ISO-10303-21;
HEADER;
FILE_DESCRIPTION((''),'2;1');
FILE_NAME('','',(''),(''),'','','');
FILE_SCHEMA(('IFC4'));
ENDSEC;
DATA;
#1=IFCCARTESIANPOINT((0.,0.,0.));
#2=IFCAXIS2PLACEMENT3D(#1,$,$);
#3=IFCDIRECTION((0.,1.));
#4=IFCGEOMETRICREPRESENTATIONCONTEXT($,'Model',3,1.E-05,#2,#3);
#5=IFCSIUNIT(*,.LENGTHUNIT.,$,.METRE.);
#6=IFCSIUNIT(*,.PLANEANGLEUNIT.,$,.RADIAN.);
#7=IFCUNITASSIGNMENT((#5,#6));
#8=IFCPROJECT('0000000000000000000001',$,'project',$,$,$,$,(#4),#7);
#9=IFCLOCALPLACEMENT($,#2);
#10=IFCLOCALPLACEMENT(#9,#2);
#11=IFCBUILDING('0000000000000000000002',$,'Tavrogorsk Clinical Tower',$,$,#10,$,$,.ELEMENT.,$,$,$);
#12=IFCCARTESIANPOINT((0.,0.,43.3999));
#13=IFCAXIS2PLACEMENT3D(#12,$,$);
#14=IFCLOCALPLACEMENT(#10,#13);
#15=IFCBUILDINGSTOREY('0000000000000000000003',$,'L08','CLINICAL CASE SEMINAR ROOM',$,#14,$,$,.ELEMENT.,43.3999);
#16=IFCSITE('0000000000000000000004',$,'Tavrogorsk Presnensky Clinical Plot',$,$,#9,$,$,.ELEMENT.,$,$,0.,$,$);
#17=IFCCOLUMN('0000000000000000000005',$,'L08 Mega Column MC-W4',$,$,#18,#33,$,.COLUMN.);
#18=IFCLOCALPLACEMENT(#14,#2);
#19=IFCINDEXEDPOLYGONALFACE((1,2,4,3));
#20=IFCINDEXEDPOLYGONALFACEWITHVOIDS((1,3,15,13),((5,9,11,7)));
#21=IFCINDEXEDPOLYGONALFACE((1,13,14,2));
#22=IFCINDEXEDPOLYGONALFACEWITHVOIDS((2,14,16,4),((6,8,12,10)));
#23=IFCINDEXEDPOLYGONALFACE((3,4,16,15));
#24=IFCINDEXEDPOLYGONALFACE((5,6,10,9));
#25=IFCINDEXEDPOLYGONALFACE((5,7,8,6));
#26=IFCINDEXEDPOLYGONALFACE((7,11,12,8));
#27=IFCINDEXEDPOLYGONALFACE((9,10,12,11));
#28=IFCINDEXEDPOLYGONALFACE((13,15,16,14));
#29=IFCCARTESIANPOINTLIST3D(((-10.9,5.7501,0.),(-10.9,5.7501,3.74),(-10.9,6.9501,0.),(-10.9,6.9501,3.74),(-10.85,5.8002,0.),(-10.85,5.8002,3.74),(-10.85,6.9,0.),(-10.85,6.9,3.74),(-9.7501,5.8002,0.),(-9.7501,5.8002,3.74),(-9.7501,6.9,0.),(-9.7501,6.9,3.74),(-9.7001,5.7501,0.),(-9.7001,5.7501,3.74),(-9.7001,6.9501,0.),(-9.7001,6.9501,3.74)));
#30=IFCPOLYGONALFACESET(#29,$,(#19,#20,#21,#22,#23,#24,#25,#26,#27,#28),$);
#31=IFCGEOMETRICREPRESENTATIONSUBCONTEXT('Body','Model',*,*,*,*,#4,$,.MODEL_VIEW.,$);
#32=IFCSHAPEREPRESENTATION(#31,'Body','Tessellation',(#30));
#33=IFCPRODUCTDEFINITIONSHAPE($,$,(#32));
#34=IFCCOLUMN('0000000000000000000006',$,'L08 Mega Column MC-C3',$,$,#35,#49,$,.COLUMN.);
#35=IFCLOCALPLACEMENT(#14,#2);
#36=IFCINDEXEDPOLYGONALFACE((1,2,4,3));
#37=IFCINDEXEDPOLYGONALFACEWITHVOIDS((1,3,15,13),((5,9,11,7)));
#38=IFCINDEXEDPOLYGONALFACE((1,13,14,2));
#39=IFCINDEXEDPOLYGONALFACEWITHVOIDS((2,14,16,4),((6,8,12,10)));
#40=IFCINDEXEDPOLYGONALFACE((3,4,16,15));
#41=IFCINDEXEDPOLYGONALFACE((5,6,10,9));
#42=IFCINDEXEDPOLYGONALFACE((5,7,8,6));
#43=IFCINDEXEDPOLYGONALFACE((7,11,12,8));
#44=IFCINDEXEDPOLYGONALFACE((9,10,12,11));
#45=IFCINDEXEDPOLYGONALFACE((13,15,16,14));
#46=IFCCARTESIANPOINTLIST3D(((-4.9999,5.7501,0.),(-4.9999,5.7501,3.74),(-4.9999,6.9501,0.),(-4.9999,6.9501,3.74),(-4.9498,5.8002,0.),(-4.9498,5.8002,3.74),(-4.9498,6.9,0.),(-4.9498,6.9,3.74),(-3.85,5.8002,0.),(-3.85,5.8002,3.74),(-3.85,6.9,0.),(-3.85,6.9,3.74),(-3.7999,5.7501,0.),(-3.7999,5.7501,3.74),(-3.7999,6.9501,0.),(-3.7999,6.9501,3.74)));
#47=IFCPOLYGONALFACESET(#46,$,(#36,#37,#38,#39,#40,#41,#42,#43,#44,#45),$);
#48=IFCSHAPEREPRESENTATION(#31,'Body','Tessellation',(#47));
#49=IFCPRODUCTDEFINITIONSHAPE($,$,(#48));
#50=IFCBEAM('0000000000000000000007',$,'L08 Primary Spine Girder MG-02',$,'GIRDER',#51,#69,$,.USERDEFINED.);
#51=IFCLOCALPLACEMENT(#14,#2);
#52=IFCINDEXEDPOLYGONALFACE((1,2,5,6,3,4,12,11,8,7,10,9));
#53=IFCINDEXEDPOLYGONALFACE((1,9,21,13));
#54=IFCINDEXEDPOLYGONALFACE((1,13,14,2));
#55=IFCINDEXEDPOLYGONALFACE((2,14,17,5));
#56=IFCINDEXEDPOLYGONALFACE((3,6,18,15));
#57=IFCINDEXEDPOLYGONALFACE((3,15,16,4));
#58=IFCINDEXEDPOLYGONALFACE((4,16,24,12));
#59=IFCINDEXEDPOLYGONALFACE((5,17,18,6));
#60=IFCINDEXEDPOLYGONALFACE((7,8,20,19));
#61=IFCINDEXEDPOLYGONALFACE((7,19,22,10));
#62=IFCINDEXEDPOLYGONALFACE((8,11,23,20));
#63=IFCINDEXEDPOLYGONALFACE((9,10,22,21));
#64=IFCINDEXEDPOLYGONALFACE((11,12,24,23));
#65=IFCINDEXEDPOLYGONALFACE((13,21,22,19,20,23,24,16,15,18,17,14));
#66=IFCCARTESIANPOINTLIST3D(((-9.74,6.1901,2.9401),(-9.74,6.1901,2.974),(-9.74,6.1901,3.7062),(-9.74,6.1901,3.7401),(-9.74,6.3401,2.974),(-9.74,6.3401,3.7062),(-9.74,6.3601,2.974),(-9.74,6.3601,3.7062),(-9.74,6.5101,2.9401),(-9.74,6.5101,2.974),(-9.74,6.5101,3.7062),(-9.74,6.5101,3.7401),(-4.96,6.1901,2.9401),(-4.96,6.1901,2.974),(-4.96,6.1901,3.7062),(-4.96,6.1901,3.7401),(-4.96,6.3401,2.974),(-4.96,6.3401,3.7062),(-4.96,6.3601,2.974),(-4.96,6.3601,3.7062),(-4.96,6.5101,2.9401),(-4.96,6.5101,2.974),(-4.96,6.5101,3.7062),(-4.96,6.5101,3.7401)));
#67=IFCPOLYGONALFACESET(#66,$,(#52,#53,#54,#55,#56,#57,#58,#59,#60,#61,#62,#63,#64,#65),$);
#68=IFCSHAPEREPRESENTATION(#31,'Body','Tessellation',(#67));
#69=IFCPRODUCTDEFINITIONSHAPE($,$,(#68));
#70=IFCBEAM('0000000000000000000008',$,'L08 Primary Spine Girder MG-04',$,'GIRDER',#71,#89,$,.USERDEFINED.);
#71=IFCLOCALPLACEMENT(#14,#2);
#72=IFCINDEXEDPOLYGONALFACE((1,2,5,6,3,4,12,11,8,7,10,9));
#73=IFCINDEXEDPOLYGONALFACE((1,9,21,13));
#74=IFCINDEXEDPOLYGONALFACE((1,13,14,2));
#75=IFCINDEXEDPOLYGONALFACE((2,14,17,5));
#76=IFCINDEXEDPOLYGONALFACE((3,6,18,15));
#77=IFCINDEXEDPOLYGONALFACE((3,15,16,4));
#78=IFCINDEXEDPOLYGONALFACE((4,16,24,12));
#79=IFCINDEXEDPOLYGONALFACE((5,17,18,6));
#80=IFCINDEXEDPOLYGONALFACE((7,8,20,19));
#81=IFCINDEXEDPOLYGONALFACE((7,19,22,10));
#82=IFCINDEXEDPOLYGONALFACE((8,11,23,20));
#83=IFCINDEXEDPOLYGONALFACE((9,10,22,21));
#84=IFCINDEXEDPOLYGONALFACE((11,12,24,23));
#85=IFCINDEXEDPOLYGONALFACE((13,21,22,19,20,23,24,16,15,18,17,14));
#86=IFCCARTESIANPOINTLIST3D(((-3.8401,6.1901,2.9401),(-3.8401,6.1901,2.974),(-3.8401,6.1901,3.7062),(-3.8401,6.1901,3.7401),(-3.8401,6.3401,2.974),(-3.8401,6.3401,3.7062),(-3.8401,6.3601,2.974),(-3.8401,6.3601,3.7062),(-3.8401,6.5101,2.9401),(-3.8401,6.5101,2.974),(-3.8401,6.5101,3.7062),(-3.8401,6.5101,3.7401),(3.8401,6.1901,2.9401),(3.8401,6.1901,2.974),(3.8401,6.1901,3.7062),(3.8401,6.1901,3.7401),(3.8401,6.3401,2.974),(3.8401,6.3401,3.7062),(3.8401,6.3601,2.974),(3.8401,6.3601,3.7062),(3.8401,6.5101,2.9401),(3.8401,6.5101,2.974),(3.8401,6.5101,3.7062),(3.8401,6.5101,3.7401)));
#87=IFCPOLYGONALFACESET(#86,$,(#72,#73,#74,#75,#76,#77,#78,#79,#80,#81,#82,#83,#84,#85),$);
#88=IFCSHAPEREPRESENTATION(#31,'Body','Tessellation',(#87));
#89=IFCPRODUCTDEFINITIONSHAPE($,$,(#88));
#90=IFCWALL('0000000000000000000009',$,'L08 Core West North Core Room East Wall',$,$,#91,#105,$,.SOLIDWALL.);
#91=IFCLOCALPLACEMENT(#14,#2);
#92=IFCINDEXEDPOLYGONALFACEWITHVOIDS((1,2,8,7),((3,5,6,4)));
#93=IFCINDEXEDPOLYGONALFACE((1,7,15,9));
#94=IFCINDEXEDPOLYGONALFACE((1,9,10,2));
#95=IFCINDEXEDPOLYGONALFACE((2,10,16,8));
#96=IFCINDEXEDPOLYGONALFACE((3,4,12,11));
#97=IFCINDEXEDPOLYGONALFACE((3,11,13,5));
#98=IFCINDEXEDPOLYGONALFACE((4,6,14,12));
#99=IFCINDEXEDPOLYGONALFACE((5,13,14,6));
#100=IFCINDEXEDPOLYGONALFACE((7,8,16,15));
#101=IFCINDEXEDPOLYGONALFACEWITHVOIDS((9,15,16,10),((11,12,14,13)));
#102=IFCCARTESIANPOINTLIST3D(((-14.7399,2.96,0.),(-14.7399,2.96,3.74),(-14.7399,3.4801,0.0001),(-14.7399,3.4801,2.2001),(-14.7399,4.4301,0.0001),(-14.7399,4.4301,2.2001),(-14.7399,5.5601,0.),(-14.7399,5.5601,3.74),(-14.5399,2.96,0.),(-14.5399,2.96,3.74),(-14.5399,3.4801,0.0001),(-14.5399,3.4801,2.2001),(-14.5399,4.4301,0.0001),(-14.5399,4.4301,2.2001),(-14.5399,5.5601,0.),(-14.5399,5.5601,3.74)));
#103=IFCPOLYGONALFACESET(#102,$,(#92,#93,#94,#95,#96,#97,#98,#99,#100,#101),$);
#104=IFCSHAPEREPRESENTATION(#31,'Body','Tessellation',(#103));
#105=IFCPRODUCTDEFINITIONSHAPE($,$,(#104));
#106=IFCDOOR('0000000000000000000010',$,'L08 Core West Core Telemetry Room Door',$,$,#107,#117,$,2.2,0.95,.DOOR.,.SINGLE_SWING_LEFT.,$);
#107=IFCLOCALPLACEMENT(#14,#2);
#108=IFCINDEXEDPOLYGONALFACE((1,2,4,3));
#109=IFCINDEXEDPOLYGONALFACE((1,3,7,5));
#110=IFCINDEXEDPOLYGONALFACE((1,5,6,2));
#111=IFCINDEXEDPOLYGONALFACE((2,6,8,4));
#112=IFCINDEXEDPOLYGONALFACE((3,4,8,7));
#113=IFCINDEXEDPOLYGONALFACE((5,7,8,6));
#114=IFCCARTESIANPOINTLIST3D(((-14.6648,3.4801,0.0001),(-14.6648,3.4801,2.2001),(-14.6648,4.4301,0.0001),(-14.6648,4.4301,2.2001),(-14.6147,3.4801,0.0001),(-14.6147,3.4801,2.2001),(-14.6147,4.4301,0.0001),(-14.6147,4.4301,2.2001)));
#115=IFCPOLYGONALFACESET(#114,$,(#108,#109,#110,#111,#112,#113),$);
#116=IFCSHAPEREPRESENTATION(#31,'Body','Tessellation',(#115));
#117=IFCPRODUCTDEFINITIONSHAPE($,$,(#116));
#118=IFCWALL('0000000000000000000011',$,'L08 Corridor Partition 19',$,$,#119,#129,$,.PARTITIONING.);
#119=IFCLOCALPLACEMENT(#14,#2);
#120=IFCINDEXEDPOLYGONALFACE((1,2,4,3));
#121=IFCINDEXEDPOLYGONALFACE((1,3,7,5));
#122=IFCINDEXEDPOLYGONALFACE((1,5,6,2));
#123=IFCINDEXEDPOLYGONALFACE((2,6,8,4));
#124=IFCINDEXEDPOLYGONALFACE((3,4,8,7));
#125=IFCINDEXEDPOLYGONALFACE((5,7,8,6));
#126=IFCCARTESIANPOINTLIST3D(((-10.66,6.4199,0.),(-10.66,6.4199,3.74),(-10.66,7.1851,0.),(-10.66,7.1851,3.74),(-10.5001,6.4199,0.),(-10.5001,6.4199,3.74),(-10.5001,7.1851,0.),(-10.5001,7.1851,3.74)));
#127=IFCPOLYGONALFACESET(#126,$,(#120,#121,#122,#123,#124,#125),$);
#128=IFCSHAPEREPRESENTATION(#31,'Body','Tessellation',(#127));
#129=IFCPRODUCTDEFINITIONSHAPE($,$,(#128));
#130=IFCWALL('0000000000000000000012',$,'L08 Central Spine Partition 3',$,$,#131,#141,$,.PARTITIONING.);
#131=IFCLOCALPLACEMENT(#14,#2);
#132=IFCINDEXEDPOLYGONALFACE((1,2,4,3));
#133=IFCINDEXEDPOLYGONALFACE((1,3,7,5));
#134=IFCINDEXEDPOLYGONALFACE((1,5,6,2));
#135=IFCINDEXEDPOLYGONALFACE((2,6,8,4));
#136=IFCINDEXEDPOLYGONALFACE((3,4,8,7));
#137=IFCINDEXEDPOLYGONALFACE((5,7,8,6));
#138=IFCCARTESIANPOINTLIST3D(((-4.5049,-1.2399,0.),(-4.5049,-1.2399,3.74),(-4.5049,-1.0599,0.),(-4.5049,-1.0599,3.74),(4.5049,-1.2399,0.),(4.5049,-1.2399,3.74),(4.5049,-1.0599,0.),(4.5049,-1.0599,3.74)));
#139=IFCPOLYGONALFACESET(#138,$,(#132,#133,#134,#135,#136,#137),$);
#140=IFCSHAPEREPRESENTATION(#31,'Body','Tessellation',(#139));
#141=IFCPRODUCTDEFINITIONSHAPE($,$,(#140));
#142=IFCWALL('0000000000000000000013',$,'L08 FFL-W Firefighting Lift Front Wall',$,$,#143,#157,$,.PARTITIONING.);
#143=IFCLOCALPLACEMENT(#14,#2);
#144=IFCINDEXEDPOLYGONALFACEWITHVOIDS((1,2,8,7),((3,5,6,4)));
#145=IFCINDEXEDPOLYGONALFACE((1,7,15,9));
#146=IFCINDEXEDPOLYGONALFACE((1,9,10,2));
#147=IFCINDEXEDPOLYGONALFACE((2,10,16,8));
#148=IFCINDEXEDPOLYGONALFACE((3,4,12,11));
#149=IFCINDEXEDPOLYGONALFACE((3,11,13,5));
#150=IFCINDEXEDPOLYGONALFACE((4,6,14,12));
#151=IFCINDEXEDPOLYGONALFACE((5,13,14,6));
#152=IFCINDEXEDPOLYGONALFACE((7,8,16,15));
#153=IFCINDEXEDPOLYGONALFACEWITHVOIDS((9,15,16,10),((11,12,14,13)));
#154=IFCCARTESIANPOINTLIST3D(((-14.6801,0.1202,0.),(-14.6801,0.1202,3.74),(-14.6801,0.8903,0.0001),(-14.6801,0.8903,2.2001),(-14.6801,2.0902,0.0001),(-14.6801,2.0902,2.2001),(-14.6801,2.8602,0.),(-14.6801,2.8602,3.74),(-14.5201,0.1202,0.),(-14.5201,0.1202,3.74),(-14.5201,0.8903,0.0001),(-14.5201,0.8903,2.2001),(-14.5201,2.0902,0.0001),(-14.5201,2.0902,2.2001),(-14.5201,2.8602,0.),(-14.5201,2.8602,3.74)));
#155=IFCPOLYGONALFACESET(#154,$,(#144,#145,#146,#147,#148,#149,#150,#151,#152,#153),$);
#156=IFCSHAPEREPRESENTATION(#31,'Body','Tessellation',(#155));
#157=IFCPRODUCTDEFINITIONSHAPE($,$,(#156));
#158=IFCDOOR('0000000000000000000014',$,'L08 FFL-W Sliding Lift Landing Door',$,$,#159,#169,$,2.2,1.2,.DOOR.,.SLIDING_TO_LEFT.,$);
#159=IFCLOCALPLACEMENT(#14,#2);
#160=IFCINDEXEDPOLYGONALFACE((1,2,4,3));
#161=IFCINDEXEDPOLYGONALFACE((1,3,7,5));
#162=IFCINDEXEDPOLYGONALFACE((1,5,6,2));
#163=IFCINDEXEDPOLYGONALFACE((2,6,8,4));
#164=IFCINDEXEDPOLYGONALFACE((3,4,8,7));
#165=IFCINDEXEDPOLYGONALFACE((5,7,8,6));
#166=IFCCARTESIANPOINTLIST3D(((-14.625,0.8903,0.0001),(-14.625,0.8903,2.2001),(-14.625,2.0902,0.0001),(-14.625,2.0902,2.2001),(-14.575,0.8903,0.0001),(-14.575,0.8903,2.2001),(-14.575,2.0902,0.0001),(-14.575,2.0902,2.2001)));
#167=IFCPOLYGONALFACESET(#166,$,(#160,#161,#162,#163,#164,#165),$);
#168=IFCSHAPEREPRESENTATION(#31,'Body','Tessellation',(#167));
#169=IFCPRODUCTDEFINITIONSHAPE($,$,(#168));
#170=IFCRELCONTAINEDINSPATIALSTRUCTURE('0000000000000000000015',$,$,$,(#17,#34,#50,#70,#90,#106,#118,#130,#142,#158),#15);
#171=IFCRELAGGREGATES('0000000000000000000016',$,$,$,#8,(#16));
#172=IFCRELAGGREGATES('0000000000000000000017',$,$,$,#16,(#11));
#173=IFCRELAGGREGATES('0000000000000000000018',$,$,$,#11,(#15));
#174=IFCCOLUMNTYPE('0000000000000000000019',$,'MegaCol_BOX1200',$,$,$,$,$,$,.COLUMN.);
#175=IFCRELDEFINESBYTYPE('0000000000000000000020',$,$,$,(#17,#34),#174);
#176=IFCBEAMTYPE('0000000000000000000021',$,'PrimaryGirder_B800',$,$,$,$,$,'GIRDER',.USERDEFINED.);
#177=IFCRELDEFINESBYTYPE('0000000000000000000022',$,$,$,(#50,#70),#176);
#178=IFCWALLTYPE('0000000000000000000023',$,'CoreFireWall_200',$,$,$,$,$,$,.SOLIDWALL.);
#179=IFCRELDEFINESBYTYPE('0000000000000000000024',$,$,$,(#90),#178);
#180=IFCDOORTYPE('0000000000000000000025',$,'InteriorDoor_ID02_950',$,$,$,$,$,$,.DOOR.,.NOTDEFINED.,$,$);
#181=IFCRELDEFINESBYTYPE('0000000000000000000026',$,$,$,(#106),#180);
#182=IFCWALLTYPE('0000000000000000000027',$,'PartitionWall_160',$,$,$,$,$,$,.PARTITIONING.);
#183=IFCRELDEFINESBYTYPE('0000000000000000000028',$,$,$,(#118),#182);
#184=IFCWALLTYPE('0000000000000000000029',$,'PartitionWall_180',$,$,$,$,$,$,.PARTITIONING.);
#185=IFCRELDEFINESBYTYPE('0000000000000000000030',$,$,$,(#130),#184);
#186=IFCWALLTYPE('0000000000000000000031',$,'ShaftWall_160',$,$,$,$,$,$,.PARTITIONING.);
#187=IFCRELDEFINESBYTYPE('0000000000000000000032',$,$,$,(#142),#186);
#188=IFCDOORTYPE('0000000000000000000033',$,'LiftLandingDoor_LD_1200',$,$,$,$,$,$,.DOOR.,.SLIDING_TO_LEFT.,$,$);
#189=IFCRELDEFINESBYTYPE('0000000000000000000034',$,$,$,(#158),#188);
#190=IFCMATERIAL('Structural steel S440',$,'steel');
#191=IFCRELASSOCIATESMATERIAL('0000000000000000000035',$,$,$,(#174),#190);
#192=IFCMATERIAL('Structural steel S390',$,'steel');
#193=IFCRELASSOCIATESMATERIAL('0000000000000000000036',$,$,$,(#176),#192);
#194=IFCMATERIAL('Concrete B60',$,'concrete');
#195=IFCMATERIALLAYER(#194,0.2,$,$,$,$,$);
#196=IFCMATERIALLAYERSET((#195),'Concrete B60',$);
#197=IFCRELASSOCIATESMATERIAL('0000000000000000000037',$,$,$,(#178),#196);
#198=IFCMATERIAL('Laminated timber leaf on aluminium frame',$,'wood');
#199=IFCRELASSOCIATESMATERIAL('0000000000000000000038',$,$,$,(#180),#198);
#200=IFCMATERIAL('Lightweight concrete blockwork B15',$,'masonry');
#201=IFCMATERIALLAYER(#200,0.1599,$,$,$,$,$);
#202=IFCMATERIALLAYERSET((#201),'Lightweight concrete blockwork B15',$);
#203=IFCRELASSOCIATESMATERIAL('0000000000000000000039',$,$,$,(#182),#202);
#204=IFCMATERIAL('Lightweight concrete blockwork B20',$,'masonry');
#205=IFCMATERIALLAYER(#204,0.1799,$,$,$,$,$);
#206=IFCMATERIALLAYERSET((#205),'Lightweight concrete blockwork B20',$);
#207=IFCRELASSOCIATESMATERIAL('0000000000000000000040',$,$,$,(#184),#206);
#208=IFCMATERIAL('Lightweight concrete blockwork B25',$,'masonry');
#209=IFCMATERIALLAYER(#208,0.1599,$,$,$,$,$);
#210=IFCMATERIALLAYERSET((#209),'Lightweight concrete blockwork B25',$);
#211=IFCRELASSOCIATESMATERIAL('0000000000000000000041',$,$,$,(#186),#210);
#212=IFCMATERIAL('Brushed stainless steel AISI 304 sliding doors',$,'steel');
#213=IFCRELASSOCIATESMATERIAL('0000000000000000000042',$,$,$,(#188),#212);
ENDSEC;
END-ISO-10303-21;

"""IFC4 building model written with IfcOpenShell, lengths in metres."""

from ifc_helpers import new_model, si_unit, direction, frame, frame_2d, origin, origin_2d, place, context, subcontext, project, spatial, rectangle, hollow_rectangle, i_section, extrude, material, layer, layer_set, material_profile, profile_set, type_object, element, fill, save


model = new_model("IFC4")

# Units and contexts
model_context = context("Model", 3, precision=1e-05, world=origin(), true_north=direction((0.0, 1.0)))
body_context = subcontext(model_context, "Body", "Model", "MODEL_VIEW")
ifc_project = project(units=[si_unit("LENGTHUNIT", "METRE"), si_unit("PLANEANGLEUNIT", "RADIAN")], contexts=[model_context])

# Site, building, storey
site_placement = place(None, origin())
site = spatial("IfcSite", under=ifc_project, at=site_placement, Name="Tavrogorsk Presnensky Clinical Plot", CompositionType="ELEMENT", RefElevation=0.0)
building_placement = place(site_placement, origin())
building = spatial("IfcBuilding", under=site, at=building_placement, Name="Tavrogorsk Clinical Tower", CompositionType="ELEMENT")
storey_placement = place(building_placement, frame((0.0, 0.0, 43.3999)))
storey = spatial("IfcBuildingStorey", under=building, at=storey_placement, Name="L08", Description="CLINICAL CASE SEMINAR ROOM", CompositionType="ELEMENT", Elevation=43.3999)

# Columns
ifc_material_1 = material(Name="Structural steel S440", Category="steel")
ifc_material_profile_1 = material_profile(ifc_material_1, hollow_rectangle(XDim=1.2, YDim=1.2, WallThickness=0.05, at=origin_2d()), Name="BOX-1200x1200x50")
ifc_profile_set_1 = profile_set([ifc_material_profile_1], Name="Structural steel S440")
column_type = type_object("IfcColumnType", Name="MegaCol_BOX1200", PredefinedType="COLUMN", material=ifc_profile_set_1)
for number, where, z_axis, x_axis, name in (
    (1, (-10.3, 6.3501, 0.0), (0.0, 0.0, 1.0), (1.0, 0.0, 0.0), "L08 Mega Column MC-W4"),
    (2, (-4.3999, 6.3501, 0.0), (0.0, 0.0, 1.0), (1.0, 0.0, 0.0), "L08 Mega Column MC-C3"),
):
    element("IfcColumn", number, at=place(storey_placement, frame(where, z_axis=z_axis, x_axis=x_axis)), inside=storey, type_object=column_type, Name=name, PredefinedType="COLUMN", context=body_context, shape_type="SweptSolid", body=[
        extrude(hollow_rectangle(XDim=1.2, YDim=1.2, WallThickness=0.05, at=origin_2d()), origin(), (0.0, 0.0, 1.0), 3.74),
    ])

# Beams
ifc_material_2 = material(Name="Structural steel S390", Category="steel")
ifc_material_profile_2 = material_profile(ifc_material_2, i_section(OverallWidth=0.3201, OverallDepth=0.8, WebThickness=0.02, FlangeThickness=0.0339, at=origin_2d()), Name="B-800x320x20x34")
ifc_profile_set_2 = profile_set([ifc_material_profile_2], Name="Structural steel S390")
beam_type = type_object("IfcBeamType", Name="PrimaryGirder_B800", ElementType="GIRDER", PredefinedType="USERDEFINED", material=ifc_profile_set_2)
beam_1_placement = place(storey_placement, frame((-9.74, 6.3501, 3.3401), z_axis=(1.0, 0.0, 0.0), x_axis=(0.0, 1.0, 0.0)))
element("IfcBeam", 3, at=beam_1_placement, inside=storey, type_object=beam_type, Name="L08 Primary Spine Girder MG-02", ObjectType="GIRDER", PredefinedType="USERDEFINED", context=body_context, shape_type="SweptSolid", body=[
    extrude(i_section(OverallWidth=0.3201, OverallDepth=0.8, WebThickness=0.02, FlangeThickness=0.0339, at=origin_2d()), origin(), (0.0, 0.0, 1.0), 4.78),
])
beam_2_placement = place(storey_placement, frame((-3.8401, 6.3501, 3.3401), z_axis=(1.0, 0.0, 0.0), x_axis=(0.0, 1.0, 0.0)))
element("IfcBeam", 4, at=beam_2_placement, inside=storey, type_object=beam_type, Name="L08 Primary Spine Girder MG-04", ObjectType="GIRDER", PredefinedType="USERDEFINED", context=body_context, shape_type="SweptSolid", body=[
    extrude(i_section(OverallWidth=0.3201, OverallDepth=0.8, WebThickness=0.02, FlangeThickness=0.0339, at=origin_2d()), origin(), (0.0, 0.0, 1.0), 7.6802),
])

# Wall, opening, door
ifc_material_3 = material(Name="Concrete B60", Category="concrete")
ifc_layer_1 = layer(ifc_material_3, 0.2)
ifc_layer_set_1 = layer_set([ifc_layer_1], Name="Concrete B60")
wall_type_1 = type_object("IfcWallType", Name="CoreFireWall_200", PredefinedType="SOLIDWALL", material=ifc_layer_set_1)
wall_1_placement = place(storey_placement, frame((-14.6399, 2.96, 0.0), z_axis=(0.0, 0.0, 1.0), x_axis=(0.0, 1.0, 0.0)))
wall_1 = element("IfcWall", 5, at=wall_1_placement, inside=storey, type_object=wall_type_1, Name="L08 Core West North Core Room East Wall", PredefinedType="SOLIDWALL", context=body_context, shape_type="SweptSolid", body=[
    extrude(rectangle(XDim=2.6001, YDim=0.2, at=frame_2d((1.3, 0.0))), origin(), (0.0, 0.0, 1.0), 3.74),
])
opening_1_placement = place(wall_1_placement, frame((0.52, 0.0, 0.0)))
opening_1 = element("IfcOpeningElement", 6, at=opening_1_placement, cuts=wall_1, PredefinedType="OPENING", context=body_context, shape_type="SweptSolid", body=[
    extrude(rectangle(XDim=0.95, YDim=2.2, at=frame_2d((0.4751, 1.1001))), frame((0.0, 0.1099, 0.0), z_axis=(0.0, -1.0, 0.0), x_axis=(1.0, 0.0, 0.0)), (0.0, 0.0, 1.0), 0.22),
])
ifc_material_4 = material(Name="Laminated timber leaf on aluminium frame", Category="wood")
door_type_1 = type_object("IfcDoorType", Name="InteriorDoor_ID02_950", OperationType="NOTDEFINED", PredefinedType="DOOR", material=ifc_material_4)
door_1_placement = place(opening_1_placement, origin())
door_1 = element("IfcDoor", 7, at=door_1_placement, inside=storey, type_object=door_type_1, Name="L08 Core West Core Telemetry Room Door", OperationType="SINGLE_SWING_LEFT", OverallHeight=2.2, OverallWidth=0.95, PredefinedType="DOOR", context=body_context, shape_type="SweptSolid", body=[
    extrude(rectangle(XDim=0.95, YDim=2.2, at=frame_2d((0.4751, 1.1001))), frame((0.0, 0.0249, 0.0), z_axis=(0.0, -1.0, 0.0), x_axis=(1.0, 0.0, 0.0)), (0.0, 0.0, 1.0), 0.05),
])
fill(opening_1, door_1)

# Walls
ifc_material_5 = material(Name="Lightweight concrete blockwork B15", Category="masonry")
ifc_layer_2 = layer(ifc_material_5, 0.1599)
ifc_layer_set_2 = layer_set([ifc_layer_2], Name="Lightweight concrete blockwork B15")
wall_type_2 = type_object("IfcWallType", Name="PartitionWall_160", PredefinedType="PARTITIONING", material=ifc_layer_set_2)
wall_2_placement = place(storey_placement, frame((-10.5801, 6.4199, 0.0), z_axis=(0.0, 0.0, 1.0), x_axis=(0.0, 1.0, 0.0)))
element("IfcWall", 8, at=wall_2_placement, inside=storey, type_object=wall_type_2, Name="L08 Corridor Partition 19", PredefinedType="PARTITIONING", context=body_context, shape_type="SweptSolid", body=[
    extrude(rectangle(XDim=0.7651, YDim=0.1599, at=frame_2d((0.3826, 0.0))), origin(), (0.0, 0.0, 1.0), 3.74),
])
ifc_material_6 = material(Name="Lightweight concrete blockwork B20", Category="masonry")
ifc_layer_3 = layer(ifc_material_6, 0.1799)
ifc_layer_set_3 = layer_set([ifc_layer_3], Name="Lightweight concrete blockwork B20")
wall_type_3 = type_object("IfcWallType", Name="PartitionWall_180", PredefinedType="PARTITIONING", material=ifc_layer_set_3)
wall_3_placement = place(storey_placement, frame((-4.5049, -1.1499, 0.0), z_axis=(0.0, 0.0, 1.0), x_axis=(1.0, 0.0, 0.0)))
element("IfcWall", 9, at=wall_3_placement, inside=storey, type_object=wall_type_3, Name="L08 Central Spine Partition 3", PredefinedType="PARTITIONING", context=body_context, shape_type="SweptSolid", body=[
    extrude(rectangle(XDim=9.0098, YDim=0.1799, at=frame_2d((4.5049, 0.0))), origin(), (0.0, 0.0, 1.0), 3.74),
])

# Wall, opening, door
ifc_material_7 = material(Name="Lightweight concrete blockwork B25", Category="masonry")
ifc_layer_4 = layer(ifc_material_7, 0.1599)
ifc_layer_set_4 = layer_set([ifc_layer_4], Name="Lightweight concrete blockwork B25")
wall_type_4 = type_object("IfcWallType", Name="ShaftWall_160", PredefinedType="PARTITIONING", material=ifc_layer_set_4)
wall_4_placement = place(storey_placement, frame((-14.6001, 0.1201, 0.0), z_axis=(0.0, 0.0, 1.0), x_axis=(0.0, 1.0, 0.0)))
wall_4 = element("IfcWall", 10, at=wall_4_placement, inside=storey, type_object=wall_type_4, Name="L08 FFL-W Firefighting Lift Front Wall", PredefinedType="PARTITIONING", context=body_context, shape_type="SweptSolid", body=[
    extrude(rectangle(XDim=2.74, YDim=0.1599, at=frame_2d((1.3701, 0.0))), origin(), (0.0, 0.0, 1.0), 3.74),
])
opening_2_placement = place(wall_4_placement, frame((0.77, 0.0, 0.0)))
opening_2 = element("IfcOpeningElement", 11, at=opening_2_placement, cuts=wall_4, PredefinedType="OPENING", context=body_context, shape_type="SweptSolid", body=[
    extrude(rectangle(XDim=1.2, YDim=2.2, at=frame_2d((0.6001, 1.1001))), frame((0.0, 0.0898, 0.0), z_axis=(0.0, -1.0, 0.0), x_axis=(1.0, 0.0, 0.0)), (0.0, 0.0, 1.0), 0.1799),
])
ifc_material_8 = material(Name="Brushed stainless steel AISI 304 sliding doors", Category="steel")
door_type_2 = type_object("IfcDoorType", Name="LiftLandingDoor_LD_1200", OperationType="SLIDING_TO_LEFT", PredefinedType="DOOR", material=ifc_material_8)
door_2_placement = place(opening_2_placement, origin())
door_2 = element("IfcDoor", 12, at=door_2_placement, inside=storey, type_object=door_type_2, Name="L08 FFL-W Sliding Lift Landing Door", OperationType="SLIDING_TO_LEFT", OverallHeight=2.2, OverallWidth=1.2, PredefinedType="DOOR", context=body_context, shape_type="SweptSolid", body=[
    extrude(rectangle(XDim=1.2, YDim=2.2, at=frame_2d((0.6001, 1.1001))), frame((0.0, 0.0249, 0.0), z_axis=(0.0, -1.0, 0.0), x_axis=(1.0, 0.0, 0.0)), (0.0, 0.0, 1.0), 0.05),
])
fill(opening_2, door_2)

save(model, "model.ifc")
